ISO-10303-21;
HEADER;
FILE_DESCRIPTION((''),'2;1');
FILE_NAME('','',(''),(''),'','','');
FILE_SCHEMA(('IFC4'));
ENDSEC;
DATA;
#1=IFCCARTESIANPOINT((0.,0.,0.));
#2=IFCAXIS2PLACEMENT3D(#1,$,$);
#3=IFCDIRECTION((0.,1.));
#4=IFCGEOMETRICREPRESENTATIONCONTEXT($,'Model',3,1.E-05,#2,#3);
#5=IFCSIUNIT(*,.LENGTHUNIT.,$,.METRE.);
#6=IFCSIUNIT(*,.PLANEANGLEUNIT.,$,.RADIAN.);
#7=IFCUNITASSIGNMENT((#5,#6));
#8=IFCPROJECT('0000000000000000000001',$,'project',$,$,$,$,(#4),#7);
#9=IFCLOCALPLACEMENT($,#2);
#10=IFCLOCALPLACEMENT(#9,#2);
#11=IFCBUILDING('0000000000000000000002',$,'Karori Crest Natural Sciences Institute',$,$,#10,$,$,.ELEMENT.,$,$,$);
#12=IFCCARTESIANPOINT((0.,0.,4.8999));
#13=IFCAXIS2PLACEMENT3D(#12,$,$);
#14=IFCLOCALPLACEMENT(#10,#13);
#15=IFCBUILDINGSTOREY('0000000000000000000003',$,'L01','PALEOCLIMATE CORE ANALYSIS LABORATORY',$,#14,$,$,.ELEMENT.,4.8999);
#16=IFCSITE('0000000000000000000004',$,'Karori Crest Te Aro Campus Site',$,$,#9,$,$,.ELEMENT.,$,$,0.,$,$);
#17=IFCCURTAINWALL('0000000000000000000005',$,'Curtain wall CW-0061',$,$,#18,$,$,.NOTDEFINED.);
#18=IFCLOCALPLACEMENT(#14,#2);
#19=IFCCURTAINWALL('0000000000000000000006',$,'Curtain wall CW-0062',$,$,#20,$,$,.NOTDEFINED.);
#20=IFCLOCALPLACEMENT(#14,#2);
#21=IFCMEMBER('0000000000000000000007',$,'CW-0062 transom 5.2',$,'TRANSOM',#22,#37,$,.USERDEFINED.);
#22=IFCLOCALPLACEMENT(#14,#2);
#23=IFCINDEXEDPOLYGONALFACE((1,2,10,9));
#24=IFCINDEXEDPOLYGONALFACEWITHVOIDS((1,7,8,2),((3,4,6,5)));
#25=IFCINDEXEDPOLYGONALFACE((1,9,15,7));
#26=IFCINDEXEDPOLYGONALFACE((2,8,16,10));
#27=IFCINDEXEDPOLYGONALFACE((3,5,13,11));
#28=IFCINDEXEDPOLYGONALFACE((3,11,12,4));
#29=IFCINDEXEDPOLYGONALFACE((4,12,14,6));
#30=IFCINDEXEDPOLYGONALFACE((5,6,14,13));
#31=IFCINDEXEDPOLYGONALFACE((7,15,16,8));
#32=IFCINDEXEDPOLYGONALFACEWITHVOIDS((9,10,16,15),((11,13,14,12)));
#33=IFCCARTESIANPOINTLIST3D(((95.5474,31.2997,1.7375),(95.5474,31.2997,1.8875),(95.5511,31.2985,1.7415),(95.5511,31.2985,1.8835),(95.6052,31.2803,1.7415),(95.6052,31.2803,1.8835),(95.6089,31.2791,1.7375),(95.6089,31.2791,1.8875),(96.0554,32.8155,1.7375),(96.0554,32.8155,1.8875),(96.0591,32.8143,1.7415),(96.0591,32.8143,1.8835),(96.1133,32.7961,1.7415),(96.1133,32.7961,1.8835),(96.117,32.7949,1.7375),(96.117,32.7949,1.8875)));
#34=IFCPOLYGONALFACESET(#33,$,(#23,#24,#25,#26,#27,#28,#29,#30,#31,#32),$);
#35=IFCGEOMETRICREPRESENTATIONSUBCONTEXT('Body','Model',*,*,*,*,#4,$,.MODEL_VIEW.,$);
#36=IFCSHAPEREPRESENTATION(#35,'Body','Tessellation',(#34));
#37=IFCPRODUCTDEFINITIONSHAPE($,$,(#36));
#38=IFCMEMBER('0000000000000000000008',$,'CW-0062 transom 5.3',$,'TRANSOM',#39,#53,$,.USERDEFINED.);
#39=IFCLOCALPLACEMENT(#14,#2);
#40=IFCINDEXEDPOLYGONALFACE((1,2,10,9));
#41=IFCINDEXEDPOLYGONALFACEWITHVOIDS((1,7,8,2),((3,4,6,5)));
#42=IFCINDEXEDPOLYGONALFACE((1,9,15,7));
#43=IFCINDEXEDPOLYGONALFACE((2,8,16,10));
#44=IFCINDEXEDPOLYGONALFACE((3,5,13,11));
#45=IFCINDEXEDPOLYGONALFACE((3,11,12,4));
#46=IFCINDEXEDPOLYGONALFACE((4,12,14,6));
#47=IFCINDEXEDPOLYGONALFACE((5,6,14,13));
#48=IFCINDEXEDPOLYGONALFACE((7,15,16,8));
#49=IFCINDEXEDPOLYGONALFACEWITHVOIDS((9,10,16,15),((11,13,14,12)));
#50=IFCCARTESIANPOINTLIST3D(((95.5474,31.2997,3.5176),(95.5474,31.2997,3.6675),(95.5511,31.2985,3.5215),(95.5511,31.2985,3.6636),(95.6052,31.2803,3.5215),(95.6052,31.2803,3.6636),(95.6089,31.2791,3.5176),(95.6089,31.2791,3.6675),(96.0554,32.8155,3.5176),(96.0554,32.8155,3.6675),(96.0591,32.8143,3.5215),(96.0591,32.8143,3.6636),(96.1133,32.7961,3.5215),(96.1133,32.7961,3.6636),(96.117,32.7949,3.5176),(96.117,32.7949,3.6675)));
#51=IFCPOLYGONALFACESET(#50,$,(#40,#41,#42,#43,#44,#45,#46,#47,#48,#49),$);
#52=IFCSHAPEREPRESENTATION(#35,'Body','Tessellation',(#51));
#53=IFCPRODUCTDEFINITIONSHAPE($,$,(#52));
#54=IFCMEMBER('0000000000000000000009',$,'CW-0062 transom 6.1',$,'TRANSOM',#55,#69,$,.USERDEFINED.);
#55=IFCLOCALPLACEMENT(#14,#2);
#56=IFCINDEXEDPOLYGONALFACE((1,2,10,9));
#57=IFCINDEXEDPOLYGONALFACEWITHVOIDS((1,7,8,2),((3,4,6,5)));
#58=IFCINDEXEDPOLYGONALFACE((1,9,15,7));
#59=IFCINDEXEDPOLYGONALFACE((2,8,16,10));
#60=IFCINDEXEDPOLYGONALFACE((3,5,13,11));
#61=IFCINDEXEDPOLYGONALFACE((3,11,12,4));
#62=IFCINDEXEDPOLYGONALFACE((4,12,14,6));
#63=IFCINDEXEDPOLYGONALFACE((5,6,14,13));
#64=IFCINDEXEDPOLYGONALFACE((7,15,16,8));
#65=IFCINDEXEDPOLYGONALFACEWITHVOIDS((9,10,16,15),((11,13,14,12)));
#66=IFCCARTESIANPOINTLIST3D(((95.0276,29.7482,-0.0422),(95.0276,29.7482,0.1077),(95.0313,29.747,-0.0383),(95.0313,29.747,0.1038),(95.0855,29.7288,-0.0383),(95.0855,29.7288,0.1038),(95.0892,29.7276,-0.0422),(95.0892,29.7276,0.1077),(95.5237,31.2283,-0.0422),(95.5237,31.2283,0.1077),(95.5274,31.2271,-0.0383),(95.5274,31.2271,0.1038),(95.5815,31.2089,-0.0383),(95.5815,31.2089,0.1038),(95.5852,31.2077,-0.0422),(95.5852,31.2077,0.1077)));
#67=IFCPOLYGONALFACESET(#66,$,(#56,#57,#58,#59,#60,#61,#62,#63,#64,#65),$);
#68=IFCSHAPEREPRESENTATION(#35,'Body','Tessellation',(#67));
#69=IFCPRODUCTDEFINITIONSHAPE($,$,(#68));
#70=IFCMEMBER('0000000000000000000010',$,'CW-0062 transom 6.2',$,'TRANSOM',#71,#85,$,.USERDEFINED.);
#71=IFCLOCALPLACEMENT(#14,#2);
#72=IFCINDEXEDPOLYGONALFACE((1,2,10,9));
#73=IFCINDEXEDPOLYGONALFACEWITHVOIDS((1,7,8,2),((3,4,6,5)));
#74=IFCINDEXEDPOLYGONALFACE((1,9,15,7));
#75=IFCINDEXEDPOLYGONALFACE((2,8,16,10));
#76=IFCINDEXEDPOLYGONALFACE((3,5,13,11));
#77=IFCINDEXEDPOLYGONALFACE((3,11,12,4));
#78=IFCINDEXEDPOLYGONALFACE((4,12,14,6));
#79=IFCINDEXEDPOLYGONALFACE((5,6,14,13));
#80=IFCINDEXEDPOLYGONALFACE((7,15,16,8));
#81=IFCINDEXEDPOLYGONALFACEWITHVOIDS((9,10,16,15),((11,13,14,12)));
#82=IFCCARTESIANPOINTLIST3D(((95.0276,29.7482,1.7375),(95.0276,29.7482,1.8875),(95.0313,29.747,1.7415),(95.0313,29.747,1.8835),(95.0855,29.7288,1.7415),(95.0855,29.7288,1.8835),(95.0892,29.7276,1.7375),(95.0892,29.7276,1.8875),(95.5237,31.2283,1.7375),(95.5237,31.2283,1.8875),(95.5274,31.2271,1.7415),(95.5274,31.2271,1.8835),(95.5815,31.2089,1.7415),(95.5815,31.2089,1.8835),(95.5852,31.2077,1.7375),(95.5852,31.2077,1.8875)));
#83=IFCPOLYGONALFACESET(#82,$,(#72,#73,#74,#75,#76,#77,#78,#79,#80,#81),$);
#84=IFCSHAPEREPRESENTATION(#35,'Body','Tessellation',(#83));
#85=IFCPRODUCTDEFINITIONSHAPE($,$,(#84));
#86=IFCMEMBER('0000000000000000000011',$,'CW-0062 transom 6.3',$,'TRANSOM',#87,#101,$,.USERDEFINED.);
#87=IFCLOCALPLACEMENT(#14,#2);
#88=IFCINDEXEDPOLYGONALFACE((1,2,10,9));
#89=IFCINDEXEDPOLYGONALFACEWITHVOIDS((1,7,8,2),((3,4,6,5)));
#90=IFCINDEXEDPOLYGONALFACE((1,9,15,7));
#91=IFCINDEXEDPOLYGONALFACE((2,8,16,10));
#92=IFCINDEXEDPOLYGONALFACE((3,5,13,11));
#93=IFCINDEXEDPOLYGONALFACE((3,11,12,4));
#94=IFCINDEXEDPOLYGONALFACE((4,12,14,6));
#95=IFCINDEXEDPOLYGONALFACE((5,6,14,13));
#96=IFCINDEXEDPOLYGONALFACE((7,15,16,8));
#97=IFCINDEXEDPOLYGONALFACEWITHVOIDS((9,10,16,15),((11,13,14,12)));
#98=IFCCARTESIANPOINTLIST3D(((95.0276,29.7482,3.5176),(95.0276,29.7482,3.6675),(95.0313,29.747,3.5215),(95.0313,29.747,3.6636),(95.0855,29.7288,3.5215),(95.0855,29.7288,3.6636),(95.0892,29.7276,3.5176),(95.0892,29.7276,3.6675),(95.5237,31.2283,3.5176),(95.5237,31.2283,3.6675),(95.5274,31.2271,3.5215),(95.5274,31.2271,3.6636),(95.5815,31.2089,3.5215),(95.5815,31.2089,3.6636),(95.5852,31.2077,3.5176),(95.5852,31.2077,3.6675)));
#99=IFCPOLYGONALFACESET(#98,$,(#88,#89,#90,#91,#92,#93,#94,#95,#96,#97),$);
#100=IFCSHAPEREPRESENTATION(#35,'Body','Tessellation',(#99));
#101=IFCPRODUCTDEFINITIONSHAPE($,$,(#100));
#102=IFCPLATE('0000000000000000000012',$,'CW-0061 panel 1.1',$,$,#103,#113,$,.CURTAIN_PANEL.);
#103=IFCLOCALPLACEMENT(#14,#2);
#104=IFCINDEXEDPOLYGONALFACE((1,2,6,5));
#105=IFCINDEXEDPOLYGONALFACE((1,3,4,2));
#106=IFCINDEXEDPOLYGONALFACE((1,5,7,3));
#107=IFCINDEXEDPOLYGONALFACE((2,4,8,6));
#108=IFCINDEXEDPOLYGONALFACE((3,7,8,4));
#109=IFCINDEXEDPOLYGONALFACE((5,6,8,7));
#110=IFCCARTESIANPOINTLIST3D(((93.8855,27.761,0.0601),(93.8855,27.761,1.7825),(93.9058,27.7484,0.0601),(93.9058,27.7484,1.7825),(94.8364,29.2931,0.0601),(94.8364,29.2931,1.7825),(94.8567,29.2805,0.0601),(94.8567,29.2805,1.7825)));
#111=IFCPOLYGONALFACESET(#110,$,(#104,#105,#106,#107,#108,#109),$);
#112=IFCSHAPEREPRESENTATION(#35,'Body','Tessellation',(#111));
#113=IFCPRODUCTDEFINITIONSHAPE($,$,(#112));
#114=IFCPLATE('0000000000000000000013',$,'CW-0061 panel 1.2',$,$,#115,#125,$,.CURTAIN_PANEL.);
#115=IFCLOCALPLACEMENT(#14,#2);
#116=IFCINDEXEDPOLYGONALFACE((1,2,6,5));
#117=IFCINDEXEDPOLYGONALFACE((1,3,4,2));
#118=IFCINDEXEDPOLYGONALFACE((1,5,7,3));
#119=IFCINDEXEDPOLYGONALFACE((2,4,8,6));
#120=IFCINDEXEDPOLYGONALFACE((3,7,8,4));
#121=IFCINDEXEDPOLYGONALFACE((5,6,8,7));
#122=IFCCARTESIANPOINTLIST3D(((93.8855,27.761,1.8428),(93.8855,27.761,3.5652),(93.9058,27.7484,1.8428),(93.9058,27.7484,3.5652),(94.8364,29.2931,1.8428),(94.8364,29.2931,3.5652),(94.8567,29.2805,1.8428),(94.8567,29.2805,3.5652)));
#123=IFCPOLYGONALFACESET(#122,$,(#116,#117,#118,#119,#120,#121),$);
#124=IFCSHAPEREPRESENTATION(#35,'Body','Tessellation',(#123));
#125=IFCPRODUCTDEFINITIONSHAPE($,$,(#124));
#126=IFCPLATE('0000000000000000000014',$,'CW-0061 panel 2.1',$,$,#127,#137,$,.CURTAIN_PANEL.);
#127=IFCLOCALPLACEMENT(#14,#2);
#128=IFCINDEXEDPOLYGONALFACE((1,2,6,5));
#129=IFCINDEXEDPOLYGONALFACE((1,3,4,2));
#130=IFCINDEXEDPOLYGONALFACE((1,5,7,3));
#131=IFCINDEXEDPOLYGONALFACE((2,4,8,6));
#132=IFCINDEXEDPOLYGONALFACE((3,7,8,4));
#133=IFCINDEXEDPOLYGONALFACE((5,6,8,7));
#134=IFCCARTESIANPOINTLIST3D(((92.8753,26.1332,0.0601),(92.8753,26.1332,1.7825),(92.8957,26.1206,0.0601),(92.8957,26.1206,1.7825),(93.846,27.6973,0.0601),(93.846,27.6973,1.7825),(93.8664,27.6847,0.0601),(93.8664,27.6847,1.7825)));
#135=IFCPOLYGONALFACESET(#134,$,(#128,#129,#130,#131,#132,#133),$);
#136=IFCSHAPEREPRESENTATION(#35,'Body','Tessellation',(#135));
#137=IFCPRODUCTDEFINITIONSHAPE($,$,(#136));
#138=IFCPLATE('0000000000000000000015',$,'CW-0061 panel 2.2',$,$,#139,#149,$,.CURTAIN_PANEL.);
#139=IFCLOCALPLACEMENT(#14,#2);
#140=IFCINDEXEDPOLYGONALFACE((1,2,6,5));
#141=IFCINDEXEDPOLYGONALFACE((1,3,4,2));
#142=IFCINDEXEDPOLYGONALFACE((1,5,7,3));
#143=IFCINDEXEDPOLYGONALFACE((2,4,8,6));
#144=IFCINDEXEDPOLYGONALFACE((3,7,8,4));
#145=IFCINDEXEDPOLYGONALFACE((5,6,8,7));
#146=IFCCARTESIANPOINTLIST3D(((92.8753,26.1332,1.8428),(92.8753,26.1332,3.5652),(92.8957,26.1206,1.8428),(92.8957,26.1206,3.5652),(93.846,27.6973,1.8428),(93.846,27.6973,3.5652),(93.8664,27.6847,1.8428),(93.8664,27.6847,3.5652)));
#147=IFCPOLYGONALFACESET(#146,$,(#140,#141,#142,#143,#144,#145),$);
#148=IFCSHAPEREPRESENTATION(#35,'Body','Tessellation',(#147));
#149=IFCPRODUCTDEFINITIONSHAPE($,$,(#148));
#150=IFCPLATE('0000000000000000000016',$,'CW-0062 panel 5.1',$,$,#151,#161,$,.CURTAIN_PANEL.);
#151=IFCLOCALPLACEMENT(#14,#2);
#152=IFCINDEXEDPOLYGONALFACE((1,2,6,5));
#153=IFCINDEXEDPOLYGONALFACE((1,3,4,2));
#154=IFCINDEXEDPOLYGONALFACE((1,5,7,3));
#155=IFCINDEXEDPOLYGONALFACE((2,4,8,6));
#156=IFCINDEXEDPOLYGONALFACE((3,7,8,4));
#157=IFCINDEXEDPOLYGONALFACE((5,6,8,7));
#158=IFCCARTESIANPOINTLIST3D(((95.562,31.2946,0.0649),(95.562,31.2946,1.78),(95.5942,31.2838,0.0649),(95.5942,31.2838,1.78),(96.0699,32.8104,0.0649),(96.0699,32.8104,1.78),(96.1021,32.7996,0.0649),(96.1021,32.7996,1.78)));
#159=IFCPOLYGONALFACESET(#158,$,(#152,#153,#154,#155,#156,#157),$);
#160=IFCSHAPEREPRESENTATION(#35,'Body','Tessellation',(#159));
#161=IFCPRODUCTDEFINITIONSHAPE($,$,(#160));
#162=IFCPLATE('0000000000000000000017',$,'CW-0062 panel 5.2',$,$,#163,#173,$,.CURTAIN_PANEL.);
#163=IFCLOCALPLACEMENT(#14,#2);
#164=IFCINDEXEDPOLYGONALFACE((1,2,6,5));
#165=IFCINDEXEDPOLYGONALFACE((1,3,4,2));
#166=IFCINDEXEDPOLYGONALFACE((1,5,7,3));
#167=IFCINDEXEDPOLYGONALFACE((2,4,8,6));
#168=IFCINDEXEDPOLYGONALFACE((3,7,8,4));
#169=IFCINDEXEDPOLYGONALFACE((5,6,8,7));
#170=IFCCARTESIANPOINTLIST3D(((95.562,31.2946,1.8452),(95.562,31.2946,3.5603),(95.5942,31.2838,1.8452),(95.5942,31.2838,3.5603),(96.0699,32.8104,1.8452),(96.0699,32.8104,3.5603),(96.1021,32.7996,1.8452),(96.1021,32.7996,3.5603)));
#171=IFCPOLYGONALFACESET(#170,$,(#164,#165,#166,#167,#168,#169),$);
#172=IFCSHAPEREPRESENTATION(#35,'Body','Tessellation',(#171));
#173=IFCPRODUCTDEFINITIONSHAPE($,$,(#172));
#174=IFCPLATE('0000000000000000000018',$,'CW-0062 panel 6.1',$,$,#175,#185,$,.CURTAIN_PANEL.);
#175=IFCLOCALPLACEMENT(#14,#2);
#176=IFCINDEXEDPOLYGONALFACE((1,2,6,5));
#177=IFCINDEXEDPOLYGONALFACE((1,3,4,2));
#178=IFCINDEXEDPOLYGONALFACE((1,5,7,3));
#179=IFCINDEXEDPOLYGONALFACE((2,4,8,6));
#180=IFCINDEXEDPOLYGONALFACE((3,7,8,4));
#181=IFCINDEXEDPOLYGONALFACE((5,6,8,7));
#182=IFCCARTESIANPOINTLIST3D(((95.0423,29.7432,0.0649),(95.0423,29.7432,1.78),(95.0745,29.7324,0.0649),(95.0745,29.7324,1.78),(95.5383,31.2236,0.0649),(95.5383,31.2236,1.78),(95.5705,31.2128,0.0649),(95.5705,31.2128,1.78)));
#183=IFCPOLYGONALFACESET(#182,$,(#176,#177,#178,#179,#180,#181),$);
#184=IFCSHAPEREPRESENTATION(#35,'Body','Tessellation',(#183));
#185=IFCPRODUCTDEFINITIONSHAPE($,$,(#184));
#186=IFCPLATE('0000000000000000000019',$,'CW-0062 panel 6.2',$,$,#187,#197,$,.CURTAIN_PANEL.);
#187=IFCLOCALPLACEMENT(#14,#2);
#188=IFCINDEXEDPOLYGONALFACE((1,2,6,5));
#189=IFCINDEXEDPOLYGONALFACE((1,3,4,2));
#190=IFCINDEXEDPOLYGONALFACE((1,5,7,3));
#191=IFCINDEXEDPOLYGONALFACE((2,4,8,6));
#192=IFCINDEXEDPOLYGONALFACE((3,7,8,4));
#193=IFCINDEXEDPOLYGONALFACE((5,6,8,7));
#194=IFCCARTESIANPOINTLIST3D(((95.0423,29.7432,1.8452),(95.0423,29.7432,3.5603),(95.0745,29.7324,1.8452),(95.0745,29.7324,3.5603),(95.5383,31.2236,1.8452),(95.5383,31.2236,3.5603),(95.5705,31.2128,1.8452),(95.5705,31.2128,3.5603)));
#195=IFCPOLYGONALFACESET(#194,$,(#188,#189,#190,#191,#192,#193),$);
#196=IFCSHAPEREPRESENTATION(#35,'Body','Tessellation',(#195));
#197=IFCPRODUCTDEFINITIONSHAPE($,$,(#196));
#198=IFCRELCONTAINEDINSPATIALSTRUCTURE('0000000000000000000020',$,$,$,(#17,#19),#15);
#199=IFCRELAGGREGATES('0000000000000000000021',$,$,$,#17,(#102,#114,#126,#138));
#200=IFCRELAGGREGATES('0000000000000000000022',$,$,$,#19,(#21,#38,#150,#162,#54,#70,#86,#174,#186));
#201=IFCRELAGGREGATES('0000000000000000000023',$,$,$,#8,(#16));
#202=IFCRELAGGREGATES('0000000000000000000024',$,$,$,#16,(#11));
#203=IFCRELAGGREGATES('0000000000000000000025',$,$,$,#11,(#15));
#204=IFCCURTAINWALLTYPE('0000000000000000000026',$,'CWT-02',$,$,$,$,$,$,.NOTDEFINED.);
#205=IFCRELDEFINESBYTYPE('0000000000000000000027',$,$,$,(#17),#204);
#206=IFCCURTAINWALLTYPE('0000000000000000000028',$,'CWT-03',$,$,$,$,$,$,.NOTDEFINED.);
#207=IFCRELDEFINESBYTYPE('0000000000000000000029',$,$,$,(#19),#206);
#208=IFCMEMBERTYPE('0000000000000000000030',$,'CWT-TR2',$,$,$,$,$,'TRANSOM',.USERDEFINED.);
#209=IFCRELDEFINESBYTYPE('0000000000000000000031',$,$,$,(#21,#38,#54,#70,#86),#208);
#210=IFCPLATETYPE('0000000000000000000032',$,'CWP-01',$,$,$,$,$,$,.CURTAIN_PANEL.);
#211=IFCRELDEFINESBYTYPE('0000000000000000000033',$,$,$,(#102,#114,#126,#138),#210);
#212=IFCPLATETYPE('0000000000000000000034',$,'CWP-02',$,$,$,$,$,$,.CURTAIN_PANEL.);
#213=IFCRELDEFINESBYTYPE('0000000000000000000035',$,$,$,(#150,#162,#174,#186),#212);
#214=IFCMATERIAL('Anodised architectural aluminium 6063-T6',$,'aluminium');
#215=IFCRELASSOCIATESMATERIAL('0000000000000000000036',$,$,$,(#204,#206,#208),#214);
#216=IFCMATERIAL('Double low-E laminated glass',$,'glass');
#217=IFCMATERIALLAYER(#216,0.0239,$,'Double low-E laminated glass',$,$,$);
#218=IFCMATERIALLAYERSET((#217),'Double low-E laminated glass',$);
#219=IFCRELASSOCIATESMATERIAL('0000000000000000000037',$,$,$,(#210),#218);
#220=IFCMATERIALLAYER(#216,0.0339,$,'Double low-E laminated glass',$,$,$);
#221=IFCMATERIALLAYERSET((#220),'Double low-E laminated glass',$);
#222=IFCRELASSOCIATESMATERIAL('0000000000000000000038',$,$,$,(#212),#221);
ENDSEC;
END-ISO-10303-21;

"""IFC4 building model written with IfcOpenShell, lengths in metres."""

from ifc_helpers import new_model, si_unit, direction, frame, origin, origin_2d, place, context, subcontext, project, spatial, rectangle, hollow_rectangle, extrude, material, layer, layer_set, material_profile, profile_set, type_object, element, aggregate, save


model = new_model("IFC4")

# Units and contexts
model_context = context("Model", 3, precision=1e-05, world=origin(), true_north=direction((0.0, 1.0)))
body_context = subcontext(model_context, "Body", "Model", "MODEL_VIEW")
ifc_project = project(units=[si_unit("LENGTHUNIT", "METRE"), si_unit("PLANEANGLEUNIT", "RADIAN")], contexts=[model_context])

# Site, building, storey
site_placement = place(None, origin())
site = spatial("IfcSite", under=ifc_project, at=site_placement, Name="Karori Crest Te Aro Campus Site", CompositionType="ELEMENT", RefElevation=0.0)
building_placement = place(site_placement, origin())
building = spatial("IfcBuilding", under=site, at=building_placement, Name="Karori Crest Natural Sciences Institute", CompositionType="ELEMENT")
storey_placement = place(building_placement, frame((0.0, 0.0, 4.8999)))
storey = spatial("IfcBuildingStorey", under=building, at=storey_placement, Name="L01", Description="PALEOCLIMATE CORE ANALYSIS LABORATORY", CompositionType="ELEMENT", Elevation=4.8999)

# Curtain walls
ifc_material_1 = material(Name="Anodised architectural aluminium 6063-T6", Category="aluminium")
curtain_wall_type_1 = type_object("IfcCurtainWallType", Name="CWT-02", PredefinedType="NOTDEFINED", material=ifc_material_1)
curtain_wall_1_placement = place(storey_placement, origin())
curtain_wall_1 = element("IfcCurtainWall", 1, at=curtain_wall_1_placement, inside=storey, type_object=curtain_wall_type_1, Name="Curtain wall CW-0061", PredefinedType="NOTDEFINED")
curtain_wall_type_2 = type_object("IfcCurtainWallType", Name="CWT-03", PredefinedType="NOTDEFINED", material=ifc_material_1)
curtain_wall_2_placement = place(storey_placement, origin())
curtain_wall_2 = element("IfcCurtainWall", 2, at=curtain_wall_2_placement, inside=storey, type_object=curtain_wall_type_2, Name="Curtain wall CW-0062", PredefinedType="NOTDEFINED")

# Members
ifc_material_profile_1 = material_profile(ifc_material_1, hollow_rectangle(XDim=0.0649, YDim=0.1499, WallThickness=0.0039, at=origin_2d()), Name="CWT150x65x4")
ifc_profile_set_1 = profile_set([ifc_material_profile_1], Name="Anodised architectural aluminium 6063-T6")
member_type_1 = type_object("IfcMemberType", Name="CWT-TR2", ElementType="TRANSOM", PredefinedType="USERDEFINED", material=ifc_profile_set_1)
member_1_placement = place(storey_placement, frame((96.0862, 32.8052, 1.8125), z_axis=(-0.317785, -0.948163, 0.0), x_axis=(0.948163, -0.317785, 0.0)))
member_1 = element("IfcMember", 3, at=member_1_placement, type_object=member_type_1, Name="CW-0062 transom 5.2", ObjectType="TRANSOM", PredefinedType="USERDEFINED", context=body_context, shape_type="SweptSolid", body=[
    extrude(hollow_rectangle(XDim=0.0649, YDim=0.1499, WallThickness=0.0039, at=origin_2d()), origin(), (0.0, 0.0, 1.0), 1.5986),
])
member_2_placement = place(storey_placement, frame((96.0862, 32.8052, 3.5925), z_axis=(-0.317785, -0.948163, 0.0), x_axis=(0.948163, -0.317785, 0.0)))
member_2 = element("IfcMember", 4, at=member_2_placement, type_object=member_type_1, Name="CW-0062 transom 5.3", ObjectType="TRANSOM", PredefinedType="USERDEFINED", context=body_context, shape_type="SweptSolid", body=[
    extrude(hollow_rectangle(XDim=0.0649, YDim=0.1499, WallThickness=0.0039, at=origin_2d()), origin(), (0.0, 0.0, 1.0), 1.5986),
])
member_3_placement = place(storey_placement, frame((95.5544, 31.218, 0.0327), z_axis=(-0.317776, -0.948166, 0.0), x_axis=(0.948166, -0.317776, 0.0)))
member_3 = element("IfcMember", 5, at=member_3_placement, type_object=member_type_1, Name="CW-0062 transom 6.1", ObjectType="TRANSOM", PredefinedType="USERDEFINED", context=body_context, shape_type="SweptSolid", body=[
    extrude(hollow_rectangle(XDim=0.0649, YDim=0.1499, WallThickness=0.0039, at=origin_2d()), origin(), (0.0, 0.0, 1.0), 1.561),
])
member_4_placement = place(storey_placement, frame((95.5544, 31.218, 1.8125), z_axis=(-0.317776, -0.948166, 0.0), x_axis=(0.948166, -0.317776, 0.0)))
member_4 = element("IfcMember", 6, at=member_4_placement, type_object=member_type_1, Name="CW-0062 transom 6.2", ObjectType="TRANSOM", PredefinedType="USERDEFINED", context=body_context, shape_type="SweptSolid", body=[
    extrude(hollow_rectangle(XDim=0.0649, YDim=0.1499, WallThickness=0.0039, at=origin_2d()), origin(), (0.0, 0.0, 1.0), 1.561),
])
member_5_placement = place(storey_placement, frame((95.5544, 31.218, 3.5925), z_axis=(-0.317776, -0.948166, 0.0), x_axis=(0.948166, -0.317776, 0.0)))
member_5 = element("IfcMember", 7, at=member_5_placement, type_object=member_type_1, Name="CW-0062 transom 6.3", ObjectType="TRANSOM", PredefinedType="USERDEFINED", context=body_context, shape_type="SweptSolid", body=[
    extrude(hollow_rectangle(XDim=0.0649, YDim=0.1499, WallThickness=0.0039, at=origin_2d()), origin(), (0.0, 0.0, 1.0), 1.561),
])

# Plates
ifc_material_2 = material(Name="Double low-E laminated glass", Category="glass")
ifc_layer_1 = layer(ifc_material_2, 0.0239, Name="Double low-E laminated glass")
ifc_layer_set_1 = layer_set([ifc_layer_1], Name="Double low-E laminated glass")
plate_type_1 = type_object("IfcPlateType", Name="CWP-01", PredefinedType="CURTAIN_PANEL", material=ifc_layer_set_1)
plate_1_placement = place(storey_placement, frame((94.3711, 28.5208, 0.0601), z_axis=(0.0, 0.0, 1.0), x_axis=(-0.527328, -0.849662, 0.0)))
plate_1 = element("IfcPlate", 8, at=plate_1_placement, type_object=plate_type_1, Name="CW-0061 panel 1.1", PredefinedType="CURTAIN_PANEL", context=body_context, shape_type="SweptSolid", body=[
    extrude(rectangle(XDim=1.8032, YDim=0.0239, at=origin_2d()), origin(), (0.0, 0.0, 1.0), 1.7224),
])
plate_2_placement = place(storey_placement, frame((94.3711, 28.5208, 1.8428), z_axis=(0.0, 0.0, 1.0), x_axis=(-0.527328, -0.849662, 0.0)))
plate_2 = element("IfcPlate", 9, at=plate_2_placement, type_object=plate_type_1, Name="CW-0061 panel 1.2", PredefinedType="CURTAIN_PANEL", context=body_context, shape_type="SweptSolid", body=[
    extrude(rectangle(XDim=1.8032, YDim=0.0239, at=origin_2d()), origin(), (0.0, 0.0, 1.0), 1.7224),
])
plate_3_placement = place(storey_placement, frame((93.3708, 26.9089, 0.0601), z_axis=(0.0, 0.0, 1.0), x_axis=(-0.527328, -0.849662, 0.0)))
plate_3 = element("IfcPlate", 10, at=plate_3_placement, type_object=plate_type_1, Name="CW-0061 panel 2.1", PredefinedType="CURTAIN_PANEL", context=body_context, shape_type="SweptSolid", body=[
    extrude(rectangle(XDim=1.8408, YDim=0.0239, at=origin_2d()), origin(), (0.0, 0.0, 1.0), 1.7224),
])
plate_4_placement = place(storey_placement, frame((93.3708, 26.9089, 1.8428), z_axis=(0.0, 0.0, 1.0), x_axis=(-0.527328, -0.849662, 0.0)))
plate_4 = element("IfcPlate", 11, at=plate_4_placement, type_object=plate_type_1, Name="CW-0061 panel 2.2", PredefinedType="CURTAIN_PANEL", context=body_context, shape_type="SweptSolid", body=[
    extrude(rectangle(XDim=1.8408, YDim=0.0239, at=origin_2d()), origin(), (0.0, 0.0, 1.0), 1.7224),
])
aggregate(curtain_wall_1, [plate_1, plate_2, plate_3, plate_4])
ifc_layer_2 = layer(ifc_material_2, 0.0339, Name="Double low-E laminated glass")
ifc_layer_set_2 = layer_set([ifc_layer_2], Name="Double low-E laminated glass")
plate_type_2 = type_object("IfcPlateType", Name="CWP-02", PredefinedType="CURTAIN_PANEL", material=ifc_layer_set_2)
plate_5_placement = place(storey_placement, frame((95.832, 32.0471, 0.0649), z_axis=(0.0, 0.0, 1.0), x_axis=(-0.317685, -0.948196, 0.0)))
plate_5 = element("IfcPlate", 12, at=plate_5_placement, type_object=plate_type_2, Name="CW-0062 panel 5.1", PredefinedType="CURTAIN_PANEL", context=body_context, shape_type="SweptSolid", body=[
    extrude(rectangle(XDim=1.5986, YDim=0.0339, at=origin_2d()), origin(), (0.0, 0.0, 1.0), 1.7151),
])
plate_6_placement = place(storey_placement, frame((95.832, 32.0471, 1.8452), z_axis=(0.0, 0.0, 1.0), x_axis=(-0.317685, -0.948196, 0.0)))
plate_6 = element("IfcPlate", 13, at=plate_6_placement, type_object=plate_type_2, Name="CW-0062 panel 5.2", PredefinedType="CURTAIN_PANEL", context=body_context, shape_type="SweptSolid", body=[
    extrude(rectangle(XDim=1.5986, YDim=0.0339, at=origin_2d()), origin(), (0.0, 0.0, 1.0), 1.7151),
])
plate_7_placement = place(storey_placement, frame((95.3064, 30.478, 0.0649), z_axis=(0.0, 0.0, 1.0), x_axis=(-0.317685, -0.948196, 0.0)))
plate_7 = element("IfcPlate", 14, at=plate_7_placement, type_object=plate_type_2, Name="CW-0062 panel 6.1", PredefinedType="CURTAIN_PANEL", context=body_context, shape_type="SweptSolid", body=[
    extrude(rectangle(XDim=1.5613, YDim=0.0339, at=origin_2d()), origin(), (0.0, 0.0, 1.0), 1.7151),
])
plate_8_placement = place(storey_placement, frame((95.3064, 30.478, 1.8452), z_axis=(0.0, 0.0, 1.0), x_axis=(-0.317685, -0.948196, 0.0)))
plate_8 = element("IfcPlate", 15, at=plate_8_placement, type_object=plate_type_2, Name="CW-0062 panel 6.2", PredefinedType="CURTAIN_PANEL", context=body_context, shape_type="SweptSolid", body=[
    extrude(rectangle(XDim=1.5613, YDim=0.0339, at=origin_2d()), origin(), (0.0, 0.0, 1.0), 1.7151),
])
aggregate(curtain_wall_2, [member_1, member_2, plate_5, plate_6, member_3, member_4, member_5, plate_7, plate_8])

save(model, "model.ifc")
